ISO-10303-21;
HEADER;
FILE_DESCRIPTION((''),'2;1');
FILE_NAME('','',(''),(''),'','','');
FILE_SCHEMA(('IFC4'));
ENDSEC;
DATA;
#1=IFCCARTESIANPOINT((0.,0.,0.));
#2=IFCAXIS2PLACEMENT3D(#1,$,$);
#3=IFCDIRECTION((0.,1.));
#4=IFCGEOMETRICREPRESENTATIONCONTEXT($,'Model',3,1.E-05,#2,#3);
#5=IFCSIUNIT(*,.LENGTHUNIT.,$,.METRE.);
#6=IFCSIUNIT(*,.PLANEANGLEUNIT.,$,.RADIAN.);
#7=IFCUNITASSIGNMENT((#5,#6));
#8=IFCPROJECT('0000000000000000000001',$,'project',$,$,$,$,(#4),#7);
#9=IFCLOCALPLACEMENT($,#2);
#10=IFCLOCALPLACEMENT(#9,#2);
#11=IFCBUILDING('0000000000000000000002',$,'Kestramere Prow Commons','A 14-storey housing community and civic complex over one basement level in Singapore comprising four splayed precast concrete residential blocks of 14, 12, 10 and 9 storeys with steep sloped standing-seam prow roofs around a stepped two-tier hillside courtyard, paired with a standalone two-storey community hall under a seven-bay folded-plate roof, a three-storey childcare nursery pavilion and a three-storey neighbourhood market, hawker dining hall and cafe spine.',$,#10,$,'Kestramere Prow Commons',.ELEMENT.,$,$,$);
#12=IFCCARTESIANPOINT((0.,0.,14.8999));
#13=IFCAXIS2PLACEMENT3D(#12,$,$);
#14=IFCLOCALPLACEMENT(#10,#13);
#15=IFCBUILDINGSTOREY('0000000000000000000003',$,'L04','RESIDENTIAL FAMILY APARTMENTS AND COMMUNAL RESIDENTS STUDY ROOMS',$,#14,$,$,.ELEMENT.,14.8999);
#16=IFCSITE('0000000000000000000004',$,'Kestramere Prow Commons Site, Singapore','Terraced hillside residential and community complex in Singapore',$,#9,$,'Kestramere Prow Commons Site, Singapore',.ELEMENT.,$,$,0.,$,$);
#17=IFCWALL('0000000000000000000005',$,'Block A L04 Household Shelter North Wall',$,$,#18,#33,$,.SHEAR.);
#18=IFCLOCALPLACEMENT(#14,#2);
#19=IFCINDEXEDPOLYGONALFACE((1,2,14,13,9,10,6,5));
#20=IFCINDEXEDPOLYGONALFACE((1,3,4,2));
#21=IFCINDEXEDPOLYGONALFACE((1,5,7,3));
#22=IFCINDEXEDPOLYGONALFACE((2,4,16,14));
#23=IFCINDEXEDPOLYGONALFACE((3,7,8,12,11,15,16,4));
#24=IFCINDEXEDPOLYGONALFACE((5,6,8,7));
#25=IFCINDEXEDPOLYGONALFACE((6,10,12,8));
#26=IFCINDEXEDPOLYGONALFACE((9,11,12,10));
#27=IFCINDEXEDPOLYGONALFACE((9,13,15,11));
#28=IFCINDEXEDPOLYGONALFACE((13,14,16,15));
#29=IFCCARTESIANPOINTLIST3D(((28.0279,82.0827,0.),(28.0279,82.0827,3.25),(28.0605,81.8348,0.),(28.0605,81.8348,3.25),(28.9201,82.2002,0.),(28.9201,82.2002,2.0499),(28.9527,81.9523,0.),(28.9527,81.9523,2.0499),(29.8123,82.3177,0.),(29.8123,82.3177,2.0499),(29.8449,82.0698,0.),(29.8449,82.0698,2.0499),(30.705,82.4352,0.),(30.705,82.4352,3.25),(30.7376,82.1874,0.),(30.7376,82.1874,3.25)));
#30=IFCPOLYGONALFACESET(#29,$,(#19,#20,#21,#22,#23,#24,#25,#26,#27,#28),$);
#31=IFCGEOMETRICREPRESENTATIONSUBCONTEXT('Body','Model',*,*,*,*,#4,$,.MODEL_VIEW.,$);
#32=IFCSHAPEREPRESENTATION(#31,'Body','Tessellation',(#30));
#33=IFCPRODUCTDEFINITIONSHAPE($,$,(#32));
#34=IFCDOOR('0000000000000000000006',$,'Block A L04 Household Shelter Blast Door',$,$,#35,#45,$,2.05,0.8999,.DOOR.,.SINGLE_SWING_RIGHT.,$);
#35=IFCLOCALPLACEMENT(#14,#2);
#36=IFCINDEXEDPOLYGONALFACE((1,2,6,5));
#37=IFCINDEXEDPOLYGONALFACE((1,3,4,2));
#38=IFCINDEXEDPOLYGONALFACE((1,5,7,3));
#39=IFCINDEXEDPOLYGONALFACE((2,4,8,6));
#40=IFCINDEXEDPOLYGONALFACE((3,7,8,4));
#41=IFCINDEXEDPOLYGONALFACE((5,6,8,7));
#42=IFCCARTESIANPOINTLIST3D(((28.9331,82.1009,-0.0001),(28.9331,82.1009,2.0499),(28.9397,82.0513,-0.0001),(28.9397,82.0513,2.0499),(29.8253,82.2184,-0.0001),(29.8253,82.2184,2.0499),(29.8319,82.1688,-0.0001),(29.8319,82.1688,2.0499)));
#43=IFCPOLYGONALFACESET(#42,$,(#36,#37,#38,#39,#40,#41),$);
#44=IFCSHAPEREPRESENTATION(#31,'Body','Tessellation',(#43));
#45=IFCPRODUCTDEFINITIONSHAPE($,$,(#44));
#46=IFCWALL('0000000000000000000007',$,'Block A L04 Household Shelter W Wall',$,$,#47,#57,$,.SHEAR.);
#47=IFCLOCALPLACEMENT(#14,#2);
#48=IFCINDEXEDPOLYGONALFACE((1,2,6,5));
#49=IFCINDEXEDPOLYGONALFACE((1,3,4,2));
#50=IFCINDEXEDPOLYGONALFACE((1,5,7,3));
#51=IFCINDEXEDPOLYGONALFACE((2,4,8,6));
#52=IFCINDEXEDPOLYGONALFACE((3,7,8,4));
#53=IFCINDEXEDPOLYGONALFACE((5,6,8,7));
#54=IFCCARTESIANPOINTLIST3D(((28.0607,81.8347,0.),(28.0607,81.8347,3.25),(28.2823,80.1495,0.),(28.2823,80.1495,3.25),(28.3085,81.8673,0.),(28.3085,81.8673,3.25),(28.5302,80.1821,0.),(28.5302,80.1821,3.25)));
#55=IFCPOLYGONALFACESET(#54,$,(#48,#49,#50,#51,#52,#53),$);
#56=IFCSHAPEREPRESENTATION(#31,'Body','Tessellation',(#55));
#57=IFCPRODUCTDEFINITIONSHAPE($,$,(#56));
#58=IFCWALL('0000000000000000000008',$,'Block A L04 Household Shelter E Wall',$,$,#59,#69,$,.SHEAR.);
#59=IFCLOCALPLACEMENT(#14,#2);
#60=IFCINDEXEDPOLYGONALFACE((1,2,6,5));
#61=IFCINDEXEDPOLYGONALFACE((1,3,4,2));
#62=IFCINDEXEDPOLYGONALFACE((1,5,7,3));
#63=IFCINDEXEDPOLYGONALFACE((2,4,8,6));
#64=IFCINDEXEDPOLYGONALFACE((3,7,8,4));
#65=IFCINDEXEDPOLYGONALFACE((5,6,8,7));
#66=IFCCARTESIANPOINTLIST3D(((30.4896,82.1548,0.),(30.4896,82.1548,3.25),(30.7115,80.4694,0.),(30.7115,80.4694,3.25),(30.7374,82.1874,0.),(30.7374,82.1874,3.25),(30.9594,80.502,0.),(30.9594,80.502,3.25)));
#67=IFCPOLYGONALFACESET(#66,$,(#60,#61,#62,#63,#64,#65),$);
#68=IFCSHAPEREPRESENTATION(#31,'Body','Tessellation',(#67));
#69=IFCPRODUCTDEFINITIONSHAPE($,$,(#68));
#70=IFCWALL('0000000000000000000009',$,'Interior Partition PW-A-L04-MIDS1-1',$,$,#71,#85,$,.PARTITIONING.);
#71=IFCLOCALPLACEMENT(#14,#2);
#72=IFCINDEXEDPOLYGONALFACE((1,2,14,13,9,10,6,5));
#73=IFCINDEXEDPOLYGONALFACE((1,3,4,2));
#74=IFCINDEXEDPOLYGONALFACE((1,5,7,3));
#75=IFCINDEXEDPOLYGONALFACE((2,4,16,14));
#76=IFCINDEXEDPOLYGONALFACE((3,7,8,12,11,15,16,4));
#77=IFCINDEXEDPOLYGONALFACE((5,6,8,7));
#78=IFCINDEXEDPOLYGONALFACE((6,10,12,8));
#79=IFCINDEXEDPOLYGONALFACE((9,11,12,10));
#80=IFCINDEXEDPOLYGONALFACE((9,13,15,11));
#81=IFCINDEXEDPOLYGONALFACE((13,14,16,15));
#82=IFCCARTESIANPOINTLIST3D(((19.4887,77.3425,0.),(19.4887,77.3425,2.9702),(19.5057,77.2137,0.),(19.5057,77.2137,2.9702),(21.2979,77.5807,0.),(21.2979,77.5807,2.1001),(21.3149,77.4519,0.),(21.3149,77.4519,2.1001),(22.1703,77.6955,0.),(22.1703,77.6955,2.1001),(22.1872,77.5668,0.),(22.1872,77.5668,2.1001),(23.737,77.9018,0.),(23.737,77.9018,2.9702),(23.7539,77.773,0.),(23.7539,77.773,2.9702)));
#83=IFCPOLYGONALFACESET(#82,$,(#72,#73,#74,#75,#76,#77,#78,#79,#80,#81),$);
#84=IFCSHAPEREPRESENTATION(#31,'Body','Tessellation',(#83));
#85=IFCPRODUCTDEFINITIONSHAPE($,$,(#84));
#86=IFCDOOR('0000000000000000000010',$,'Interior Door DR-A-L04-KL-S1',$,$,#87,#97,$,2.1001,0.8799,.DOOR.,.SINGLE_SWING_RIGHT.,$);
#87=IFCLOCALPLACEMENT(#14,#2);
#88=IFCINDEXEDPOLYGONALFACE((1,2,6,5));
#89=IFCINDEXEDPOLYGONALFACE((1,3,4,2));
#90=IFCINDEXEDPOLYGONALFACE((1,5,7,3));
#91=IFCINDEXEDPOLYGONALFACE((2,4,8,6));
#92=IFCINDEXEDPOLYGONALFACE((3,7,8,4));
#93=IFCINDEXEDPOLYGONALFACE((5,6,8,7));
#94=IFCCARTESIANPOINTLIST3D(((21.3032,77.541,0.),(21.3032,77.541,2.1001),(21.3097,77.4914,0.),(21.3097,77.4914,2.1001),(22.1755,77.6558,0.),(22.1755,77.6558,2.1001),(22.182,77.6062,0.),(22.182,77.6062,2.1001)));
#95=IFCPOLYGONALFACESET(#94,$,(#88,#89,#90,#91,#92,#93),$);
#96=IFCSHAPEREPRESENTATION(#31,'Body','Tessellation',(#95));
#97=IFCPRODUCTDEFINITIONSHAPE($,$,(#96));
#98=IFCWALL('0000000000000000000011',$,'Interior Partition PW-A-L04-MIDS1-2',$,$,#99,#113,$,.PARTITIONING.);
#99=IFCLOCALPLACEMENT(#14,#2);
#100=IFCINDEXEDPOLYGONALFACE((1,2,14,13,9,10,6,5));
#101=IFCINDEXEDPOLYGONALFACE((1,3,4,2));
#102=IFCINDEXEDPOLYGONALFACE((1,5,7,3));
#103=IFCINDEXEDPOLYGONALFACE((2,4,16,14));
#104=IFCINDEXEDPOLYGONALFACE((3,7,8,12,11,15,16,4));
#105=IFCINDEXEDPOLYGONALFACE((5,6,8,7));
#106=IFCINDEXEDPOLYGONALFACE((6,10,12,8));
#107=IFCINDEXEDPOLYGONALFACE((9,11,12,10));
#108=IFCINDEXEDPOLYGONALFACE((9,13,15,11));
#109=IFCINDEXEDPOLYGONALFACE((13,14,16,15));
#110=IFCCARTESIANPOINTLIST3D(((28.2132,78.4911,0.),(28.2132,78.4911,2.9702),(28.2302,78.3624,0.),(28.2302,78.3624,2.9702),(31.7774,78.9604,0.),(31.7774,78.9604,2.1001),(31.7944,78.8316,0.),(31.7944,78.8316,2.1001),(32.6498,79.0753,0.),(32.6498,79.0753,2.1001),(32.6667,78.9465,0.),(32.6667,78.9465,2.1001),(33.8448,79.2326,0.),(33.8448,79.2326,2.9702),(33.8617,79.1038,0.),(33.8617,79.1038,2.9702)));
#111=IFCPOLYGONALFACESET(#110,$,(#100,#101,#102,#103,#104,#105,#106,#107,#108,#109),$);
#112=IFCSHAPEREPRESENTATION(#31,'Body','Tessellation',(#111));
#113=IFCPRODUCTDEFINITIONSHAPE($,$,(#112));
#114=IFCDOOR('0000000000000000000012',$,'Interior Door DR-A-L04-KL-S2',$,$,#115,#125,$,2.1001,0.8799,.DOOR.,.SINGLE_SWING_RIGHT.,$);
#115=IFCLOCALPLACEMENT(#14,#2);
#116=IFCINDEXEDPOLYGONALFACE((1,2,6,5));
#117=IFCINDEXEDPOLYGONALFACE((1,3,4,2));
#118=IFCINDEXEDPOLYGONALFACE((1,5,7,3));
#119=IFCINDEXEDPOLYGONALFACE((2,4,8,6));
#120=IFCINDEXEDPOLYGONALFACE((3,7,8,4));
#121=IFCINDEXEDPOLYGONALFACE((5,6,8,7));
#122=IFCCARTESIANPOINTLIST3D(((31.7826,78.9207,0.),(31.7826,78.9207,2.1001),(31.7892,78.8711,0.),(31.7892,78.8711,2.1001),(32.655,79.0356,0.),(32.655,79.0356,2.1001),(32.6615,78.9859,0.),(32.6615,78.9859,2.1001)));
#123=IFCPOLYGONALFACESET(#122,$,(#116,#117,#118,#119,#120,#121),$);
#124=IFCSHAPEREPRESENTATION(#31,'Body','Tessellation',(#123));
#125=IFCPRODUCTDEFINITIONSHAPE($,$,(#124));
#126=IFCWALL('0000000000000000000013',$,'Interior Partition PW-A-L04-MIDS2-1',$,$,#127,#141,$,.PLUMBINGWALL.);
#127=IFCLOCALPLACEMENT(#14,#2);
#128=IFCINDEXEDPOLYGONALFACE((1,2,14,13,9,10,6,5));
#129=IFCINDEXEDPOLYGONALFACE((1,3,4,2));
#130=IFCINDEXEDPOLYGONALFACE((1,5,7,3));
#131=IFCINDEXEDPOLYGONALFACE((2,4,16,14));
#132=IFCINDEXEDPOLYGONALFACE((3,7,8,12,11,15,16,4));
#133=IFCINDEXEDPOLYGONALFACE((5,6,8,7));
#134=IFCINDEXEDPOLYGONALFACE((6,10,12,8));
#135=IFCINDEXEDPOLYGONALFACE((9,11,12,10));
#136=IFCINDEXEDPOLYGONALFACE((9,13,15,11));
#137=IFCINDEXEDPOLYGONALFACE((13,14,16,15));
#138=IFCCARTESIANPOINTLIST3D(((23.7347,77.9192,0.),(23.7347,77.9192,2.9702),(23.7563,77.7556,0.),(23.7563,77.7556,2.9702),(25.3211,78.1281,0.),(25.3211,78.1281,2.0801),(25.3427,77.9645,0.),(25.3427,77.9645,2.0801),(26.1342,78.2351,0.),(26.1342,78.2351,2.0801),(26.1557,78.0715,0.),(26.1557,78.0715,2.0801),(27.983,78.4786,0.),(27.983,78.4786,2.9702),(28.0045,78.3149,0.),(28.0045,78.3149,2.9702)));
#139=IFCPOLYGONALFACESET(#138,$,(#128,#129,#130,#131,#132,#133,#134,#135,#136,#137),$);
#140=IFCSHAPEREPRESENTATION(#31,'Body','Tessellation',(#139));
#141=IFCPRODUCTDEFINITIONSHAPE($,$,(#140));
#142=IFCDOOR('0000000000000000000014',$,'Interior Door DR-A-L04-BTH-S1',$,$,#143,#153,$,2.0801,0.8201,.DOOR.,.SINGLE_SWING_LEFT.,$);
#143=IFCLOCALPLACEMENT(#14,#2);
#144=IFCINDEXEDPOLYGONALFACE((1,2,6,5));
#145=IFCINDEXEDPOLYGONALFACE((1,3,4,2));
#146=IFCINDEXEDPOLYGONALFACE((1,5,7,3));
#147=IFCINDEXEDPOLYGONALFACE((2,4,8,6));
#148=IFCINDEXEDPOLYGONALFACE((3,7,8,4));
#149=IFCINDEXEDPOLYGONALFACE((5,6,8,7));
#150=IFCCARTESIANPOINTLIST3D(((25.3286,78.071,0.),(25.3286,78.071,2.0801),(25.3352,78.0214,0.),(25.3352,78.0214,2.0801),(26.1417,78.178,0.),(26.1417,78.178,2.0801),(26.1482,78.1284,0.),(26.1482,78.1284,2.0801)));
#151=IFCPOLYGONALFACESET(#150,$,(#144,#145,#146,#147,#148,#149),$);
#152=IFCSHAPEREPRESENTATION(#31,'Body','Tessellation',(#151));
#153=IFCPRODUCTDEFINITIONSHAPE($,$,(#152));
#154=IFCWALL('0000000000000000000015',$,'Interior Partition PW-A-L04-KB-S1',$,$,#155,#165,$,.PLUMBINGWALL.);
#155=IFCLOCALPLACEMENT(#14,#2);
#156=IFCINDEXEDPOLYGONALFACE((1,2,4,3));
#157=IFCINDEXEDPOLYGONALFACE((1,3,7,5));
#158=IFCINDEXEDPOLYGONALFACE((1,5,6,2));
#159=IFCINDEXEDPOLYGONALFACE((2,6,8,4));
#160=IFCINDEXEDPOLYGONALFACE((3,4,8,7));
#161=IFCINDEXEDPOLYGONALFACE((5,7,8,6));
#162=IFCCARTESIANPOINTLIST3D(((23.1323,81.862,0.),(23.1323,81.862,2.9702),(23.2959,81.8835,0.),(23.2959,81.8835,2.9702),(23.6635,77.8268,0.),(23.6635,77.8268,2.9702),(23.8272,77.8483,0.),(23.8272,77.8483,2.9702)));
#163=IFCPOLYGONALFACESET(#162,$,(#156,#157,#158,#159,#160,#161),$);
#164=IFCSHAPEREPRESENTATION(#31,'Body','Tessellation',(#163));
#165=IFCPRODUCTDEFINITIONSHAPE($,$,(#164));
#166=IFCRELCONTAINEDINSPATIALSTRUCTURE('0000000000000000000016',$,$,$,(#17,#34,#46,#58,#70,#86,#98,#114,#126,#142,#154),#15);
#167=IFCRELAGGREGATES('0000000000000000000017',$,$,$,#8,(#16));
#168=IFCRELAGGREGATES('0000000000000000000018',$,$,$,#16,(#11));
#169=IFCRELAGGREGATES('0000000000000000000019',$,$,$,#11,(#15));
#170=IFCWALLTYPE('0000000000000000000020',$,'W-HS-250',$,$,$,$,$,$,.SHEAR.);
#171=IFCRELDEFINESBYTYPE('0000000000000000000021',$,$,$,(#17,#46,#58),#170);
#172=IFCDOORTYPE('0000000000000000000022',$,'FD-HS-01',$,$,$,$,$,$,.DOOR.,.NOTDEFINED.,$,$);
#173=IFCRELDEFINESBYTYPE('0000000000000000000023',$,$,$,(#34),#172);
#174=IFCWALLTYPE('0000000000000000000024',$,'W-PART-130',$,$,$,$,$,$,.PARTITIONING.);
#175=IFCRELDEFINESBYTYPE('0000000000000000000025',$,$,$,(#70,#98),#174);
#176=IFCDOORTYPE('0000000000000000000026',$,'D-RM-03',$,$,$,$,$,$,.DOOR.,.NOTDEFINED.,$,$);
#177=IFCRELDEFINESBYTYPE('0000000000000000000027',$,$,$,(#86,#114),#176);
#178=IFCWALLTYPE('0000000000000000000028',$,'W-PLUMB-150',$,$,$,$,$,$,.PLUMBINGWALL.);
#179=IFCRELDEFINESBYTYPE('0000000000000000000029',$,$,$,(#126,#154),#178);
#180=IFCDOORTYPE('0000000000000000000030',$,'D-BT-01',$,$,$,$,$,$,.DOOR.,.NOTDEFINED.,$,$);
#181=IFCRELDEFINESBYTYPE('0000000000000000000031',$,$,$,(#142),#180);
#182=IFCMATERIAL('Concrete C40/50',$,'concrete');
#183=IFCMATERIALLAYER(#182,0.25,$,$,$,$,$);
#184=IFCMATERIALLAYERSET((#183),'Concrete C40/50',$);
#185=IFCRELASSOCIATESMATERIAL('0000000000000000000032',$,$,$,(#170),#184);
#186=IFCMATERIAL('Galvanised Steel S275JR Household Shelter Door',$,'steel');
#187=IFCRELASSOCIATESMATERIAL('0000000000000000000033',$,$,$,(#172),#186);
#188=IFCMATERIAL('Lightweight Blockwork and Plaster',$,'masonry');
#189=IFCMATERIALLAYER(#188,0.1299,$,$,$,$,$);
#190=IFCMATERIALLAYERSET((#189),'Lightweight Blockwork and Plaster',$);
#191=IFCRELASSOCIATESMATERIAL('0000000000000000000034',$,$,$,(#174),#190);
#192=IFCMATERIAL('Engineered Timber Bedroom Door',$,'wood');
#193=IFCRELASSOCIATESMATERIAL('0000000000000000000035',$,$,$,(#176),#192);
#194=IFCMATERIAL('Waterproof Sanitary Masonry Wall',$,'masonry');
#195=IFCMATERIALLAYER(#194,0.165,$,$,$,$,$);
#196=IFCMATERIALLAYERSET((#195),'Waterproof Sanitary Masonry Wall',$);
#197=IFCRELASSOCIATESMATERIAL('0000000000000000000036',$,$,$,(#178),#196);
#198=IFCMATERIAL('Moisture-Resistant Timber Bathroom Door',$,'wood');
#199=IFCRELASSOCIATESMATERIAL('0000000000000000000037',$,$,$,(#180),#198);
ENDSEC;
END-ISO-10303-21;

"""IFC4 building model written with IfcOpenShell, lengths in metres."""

from ifc_helpers import new_model, si_unit, direction, frame, frame_2d, origin, place, context, subcontext, project, spatial, rectangle, extrude, material, layer, layer_set, type_object, element, fill, save


model = new_model("IFC4")

# Units and contexts
model_context = context("Model", 3, precision=1e-05, world=origin(), true_north=direction((0.0, 1.0)))
body_context = subcontext(model_context, "Body", "Model", "MODEL_VIEW")
ifc_project = project(units=[si_unit("LENGTHUNIT", "METRE"), si_unit("PLANEANGLEUNIT", "RADIAN")], contexts=[model_context])

# Site, building, storey
site_placement = place(None, origin())
site = spatial("IfcSite", under=ifc_project, at=site_placement, Name="Kestramere Prow Commons Site, Singapore", Description="Terraced hillside residential and community complex in Singapore", LongName="Kestramere Prow Commons Site, Singapore", CompositionType="ELEMENT", RefElevation=0.0)
building_placement = place(site_placement, origin())
building = spatial("IfcBuilding", under=site, at=building_placement, Name="Kestramere Prow Commons", Description="A 14-storey housing community and civic complex over one basement level in Singapore comprising four splayed precast concrete residential blocks of 14, 12, 10 and 9 storeys with steep sloped standing-seam prow roofs around a stepped two-tier hillside courtyard, paired with a standalone two-storey community hall under a seven-bay folded-plate roof, a three-storey childcare nursery pavilion and a three-storey neighbourhood market, hawker dining hall and cafe spine.", LongName="Kestramere Prow Commons", CompositionType="ELEMENT")
storey_placement = place(building_placement, frame((0.0, 0.0, 14.8999)))
storey = spatial("IfcBuildingStorey", under=building, at=storey_placement, Name="L04", Description="RESIDENTIAL FAMILY APARTMENTS AND COMMUNAL RESIDENTS STUDY ROOMS", CompositionType="ELEMENT", Elevation=14.8999)

# Shared definitions
ifc_material_1 = material(Name="Concrete C40/50", Category="concrete")
ifc_layer_1 = layer(ifc_material_1, 0.25)
ifc_layer_set_1 = layer_set([ifc_layer_1], Name="Concrete C40/50")
wall_type_1 = type_object("IfcWallType", Name="W-HS-250", PredefinedType="SHEAR", material=ifc_layer_set_1)

# Wall, opening, door
wall_1_placement = place(storey_placement, frame((28.0442, 81.9587, 0.0), z_axis=(0.0, 0.0, 1.0), x_axis=(0.99144, 0.130564, 0.0)))
wall_1 = element("IfcWall", 1, at=wall_1_placement, inside=storey, type_object=wall_type_1, Name="Block A L04 Household Shelter North Wall", PredefinedType="SHEAR", context=body_context, shape_type="SweptSolid", body=[
    extrude(rectangle(XDim=2.7002, YDim=0.25, at=frame_2d((1.3501, 0.0))), origin(), (0.0, 0.0, 1.0), 3.25),
])
opening_1_placement = place(wall_1_placement, frame((0.8999, 0.0, 0.0)))
opening_1 = element("IfcOpeningElement", 2, at=opening_1_placement, cuts=wall_1, PredefinedType="OPENING", context=body_context, shape_type="SweptSolid", body=[
    extrude(rectangle(XDim=0.8999, YDim=2.05, at=frame_2d((0.45, 1.0249))), frame((0.0, 0.1399, 0.0), z_axis=(0.0, -1.0, 0.0), x_axis=(1.0, 0.0, 0.0)), (0.0, 0.0, 1.0), 0.28),
])
ifc_material_2 = material(Name="Galvanised Steel S275JR Household Shelter Door", Category="steel")
door_type_1 = type_object("IfcDoorType", Name="FD-HS-01", OperationType="NOTDEFINED", PredefinedType="DOOR", material=ifc_material_2)
door_1_placement = place(opening_1_placement, origin())
door_1 = element("IfcDoor", 3, at=door_1_placement, inside=storey, type_object=door_type_1, Name="Block A L04 Household Shelter Blast Door", OperationType="SINGLE_SWING_RIGHT", OverallHeight=2.05, OverallWidth=0.8999, PredefinedType="DOOR", context=body_context, shape_type="SweptSolid", body=[
    extrude(rectangle(XDim=0.8999, YDim=2.05, at=frame_2d((0.45, 1.0249))), frame((0.0, 0.0249, 0.0), z_axis=(0.0, -1.0, 0.0), x_axis=(1.0, 0.0, 0.0)), (0.0, 0.0, 1.0), 0.05),
])
fill(opening_1, door_1)

# Walls
wall_2_placement = place(storey_placement, frame((28.4062, 80.1658, 0.0), z_axis=(0.0, 0.0, 1.0), x_axis=(-0.130414, 0.99146, 0.0)))
element("IfcWall", 4, at=wall_2_placement, inside=storey, type_object=wall_type_1, Name="Block A L04 Household Shelter W Wall", PredefinedType="SHEAR", context=body_context, shape_type="SweptSolid", body=[
    extrude(rectangle(XDim=1.6997, YDim=0.25, at=frame_2d((0.8499, 0.0))), origin(), (0.0, 0.0, 1.0), 3.25),
])
wall_3_placement = place(storey_placement, frame((30.8354, 80.4856, 0.0), z_axis=(0.0, 0.0, 1.0), x_axis=(-0.130555, 0.991441, 0.0)))
element("IfcWall", 5, at=wall_3_placement, inside=storey, type_object=wall_type_1, Name="Block A L04 Household Shelter E Wall", PredefinedType="SHEAR", context=body_context, shape_type="SweptSolid", body=[
    extrude(rectangle(XDim=1.7, YDim=0.25, at=frame_2d((0.8501, 0.0))), origin(), (0.0, 0.0, 1.0), 3.25),
])

# Walls, openings, doors
ifc_material_3 = material(Name="Lightweight Blockwork and Plaster", Category="masonry")
ifc_layer_2 = layer(ifc_material_3, 0.1299)
ifc_layer_set_2 = layer_set([ifc_layer_2], Name="Lightweight Blockwork and Plaster")
wall_type_2 = type_object("IfcWallType", Name="W-PART-130", PredefinedType="PARTITIONING", material=ifc_layer_set_2)
wall_4_placement = place(storey_placement, frame((19.4971, 77.2781, 0.0), z_axis=(0.0, 0.0, 1.0), x_axis=(0.991444, 0.130533, 0.0)))
wall_4 = element("IfcWall", 6, at=wall_4_placement, inside=storey, type_object=wall_type_2, Name="Interior Partition PW-A-L04-MIDS1-1", PredefinedType="PARTITIONING", context=body_context, shape_type="SweptSolid", body=[
    extrude(rectangle(XDim=4.2849, YDim=0.1299, at=frame_2d((2.1426, 0.0))), origin(), (0.0, 0.0, 1.0), 2.9702),
])
opening_2_placement = place(wall_4_placement, frame((1.825, 0.0, 0.0)))
opening_2 = element("IfcOpeningElement", 7, at=opening_2_placement, cuts=wall_4, PredefinedType="OPENING", context=body_context, shape_type="SweptSolid", body=[
    extrude(rectangle(XDim=0.8799, YDim=2.1001, at=frame_2d((0.4399, 1.05))), frame((0.0, 0.0798, 0.0), z_axis=(0.0, -1.0, 0.0), x_axis=(1.0, 0.0, 0.0)), (0.0, 0.0, 1.0), 0.1599),
])
ifc_material_4 = material(Name="Engineered Timber Bedroom Door", Category="wood")
door_type_2 = type_object("IfcDoorType", Name="D-RM-03", OperationType="NOTDEFINED", PredefinedType="DOOR", material=ifc_material_4)
door_2_placement = place(opening_2_placement, origin())
door_2 = element("IfcDoor", 8, at=door_2_placement, inside=storey, type_object=door_type_2, Name="Interior Door DR-A-L04-KL-S1", OperationType="SINGLE_SWING_RIGHT", OverallHeight=2.1001, OverallWidth=0.8799, PredefinedType="DOOR", context=body_context, shape_type="SweptSolid", body=[
    extrude(rectangle(XDim=0.8799, YDim=2.1001, at=frame_2d((0.4399, 1.05))), frame((0.0, 0.0249, 0.0), z_axis=(0.0, -1.0, 0.0), x_axis=(1.0, 0.0, 0.0)), (0.0, 0.0, 1.0), 0.05),
])
fill(opening_2, door_2)
wall_5_placement = place(storey_placement, frame((28.2217, 78.4268, 0.0), z_axis=(0.0, 0.0, 1.0), x_axis=(0.991444, 0.130533, 0.0)))
wall_5 = element("IfcWall", 9, at=wall_5_placement, inside=storey, type_object=wall_type_2, Name="Interior Partition PW-A-L04-MIDS1-2", PredefinedType="PARTITIONING", context=body_context, shape_type="SweptSolid", body=[
    extrude(rectangle(XDim=5.6802, YDim=0.1299, at=frame_2d((2.8401, 0.0))), origin(), (0.0, 0.0, 1.0), 2.9702),
])
opening_3_placement = place(wall_5_placement, frame((3.595, 0.0, 0.0)))
opening_3 = element("IfcOpeningElement", 10, at=opening_3_placement, cuts=wall_5, PredefinedType="OPENING", context=body_context, shape_type="SweptSolid", body=[
    extrude(rectangle(XDim=0.8799, YDim=2.1001, at=frame_2d((0.4399, 1.05))), frame((0.0, 0.0798, 0.0), z_axis=(0.0, -1.0, 0.0), x_axis=(1.0, 0.0, 0.0)), (0.0, 0.0, 1.0), 0.1599),
])
door_3_placement = place(opening_3_placement, origin())
door_3 = element("IfcDoor", 11, at=door_3_placement, inside=storey, type_object=door_type_2, Name="Interior Door DR-A-L04-KL-S2", OperationType="SINGLE_SWING_RIGHT", OverallHeight=2.1001, OverallWidth=0.8799, PredefinedType="DOOR", context=body_context, shape_type="SweptSolid", body=[
    extrude(rectangle(XDim=0.8799, YDim=2.1001, at=frame_2d((0.4399, 1.05))), frame((0.0, 0.0249, 0.0), z_axis=(0.0, -1.0, 0.0), x_axis=(1.0, 0.0, 0.0)), (0.0, 0.0, 1.0), 0.05),
])
fill(opening_3, door_3)
ifc_material_5 = material(Name="Waterproof Sanitary Masonry Wall", Category="masonry")
ifc_layer_3 = layer(ifc_material_5, 0.165)
ifc_layer_set_3 = layer_set([ifc_layer_3], Name="Waterproof Sanitary Masonry Wall")
wall_type_3 = type_object("IfcWallType", Name="W-PLUMB-150", PredefinedType="PLUMBINGWALL", material=ifc_layer_set_3)
wall_6_placement = place(storey_placement, frame((23.7454, 77.8374, 0.0), z_axis=(0.0, 0.0, 1.0), x_axis=(0.991444, 0.130533, 0.0)))
wall_6 = element("IfcWall", 12, at=wall_6_placement, inside=storey, type_object=wall_type_3, Name="Interior Partition PW-A-L04-MIDS2-1", PredefinedType="PLUMBINGWALL", context=body_context, shape_type="SweptSolid", body=[
    extrude(rectangle(XDim=4.2849, YDim=0.165, at=frame_2d((2.1426, 0.0))), origin(), (0.0, 0.0, 1.0), 2.9702),
])
opening_4_placement = place(wall_6_placement, frame((1.6001, 0.0, 0.0)))
opening_4 = element("IfcOpeningElement", 13, at=opening_4_placement, cuts=wall_6, PredefinedType="OPENING", context=body_context, shape_type="SweptSolid", body=[
    extrude(rectangle(XDim=0.8201, YDim=2.0801, at=frame_2d((0.4102, 1.04))), frame((0.0, 0.0974, 0.0), z_axis=(0.0, -1.0, 0.0), x_axis=(1.0, 0.0, 0.0)), (0.0, 0.0, 1.0), 0.1951),
])
ifc_material_6 = material(Name="Moisture-Resistant Timber Bathroom Door", Category="wood")
door_type_3 = type_object("IfcDoorType", Name="D-BT-01", OperationType="NOTDEFINED", PredefinedType="DOOR", material=ifc_material_6)
door_4_placement = place(opening_4_placement, origin())
door_4 = element("IfcDoor", 14, at=door_4_placement, inside=storey, type_object=door_type_3, Name="Interior Door DR-A-L04-BTH-S1", OperationType="SINGLE_SWING_LEFT", OverallHeight=2.0801, OverallWidth=0.8201, PredefinedType="DOOR", context=body_context, shape_type="SweptSolid", body=[
    extrude(rectangle(XDim=0.8201, YDim=2.0801, at=frame_2d((0.4102, 1.04))), frame((0.0, 0.0249, 0.0), z_axis=(0.0, -1.0, 0.0), x_axis=(1.0, 0.0, 0.0)), (0.0, 0.0, 1.0), 0.05),
])
fill(opening_4, door_4)

# Wall
wall_7_placement = place(storey_placement, frame((23.7454, 77.8374, 0.0), z_axis=(0.0, 0.0, 1.0), x_axis=(-0.130529, 0.991444, 0.0)))
element("IfcWall", 15, at=wall_7_placement, inside=storey, type_object=wall_type_3, Name="Interior Partition PW-A-L04-KB-S1", PredefinedType="PLUMBINGWALL", context=body_context, shape_type="SweptSolid", body=[
    extrude(rectangle(XDim=4.0701, YDim=0.165, at=frame_2d((2.0352, 0.0))), origin(), (0.0, 0.0, 1.0), 2.9702),
])

save(model, "model.ifc")
